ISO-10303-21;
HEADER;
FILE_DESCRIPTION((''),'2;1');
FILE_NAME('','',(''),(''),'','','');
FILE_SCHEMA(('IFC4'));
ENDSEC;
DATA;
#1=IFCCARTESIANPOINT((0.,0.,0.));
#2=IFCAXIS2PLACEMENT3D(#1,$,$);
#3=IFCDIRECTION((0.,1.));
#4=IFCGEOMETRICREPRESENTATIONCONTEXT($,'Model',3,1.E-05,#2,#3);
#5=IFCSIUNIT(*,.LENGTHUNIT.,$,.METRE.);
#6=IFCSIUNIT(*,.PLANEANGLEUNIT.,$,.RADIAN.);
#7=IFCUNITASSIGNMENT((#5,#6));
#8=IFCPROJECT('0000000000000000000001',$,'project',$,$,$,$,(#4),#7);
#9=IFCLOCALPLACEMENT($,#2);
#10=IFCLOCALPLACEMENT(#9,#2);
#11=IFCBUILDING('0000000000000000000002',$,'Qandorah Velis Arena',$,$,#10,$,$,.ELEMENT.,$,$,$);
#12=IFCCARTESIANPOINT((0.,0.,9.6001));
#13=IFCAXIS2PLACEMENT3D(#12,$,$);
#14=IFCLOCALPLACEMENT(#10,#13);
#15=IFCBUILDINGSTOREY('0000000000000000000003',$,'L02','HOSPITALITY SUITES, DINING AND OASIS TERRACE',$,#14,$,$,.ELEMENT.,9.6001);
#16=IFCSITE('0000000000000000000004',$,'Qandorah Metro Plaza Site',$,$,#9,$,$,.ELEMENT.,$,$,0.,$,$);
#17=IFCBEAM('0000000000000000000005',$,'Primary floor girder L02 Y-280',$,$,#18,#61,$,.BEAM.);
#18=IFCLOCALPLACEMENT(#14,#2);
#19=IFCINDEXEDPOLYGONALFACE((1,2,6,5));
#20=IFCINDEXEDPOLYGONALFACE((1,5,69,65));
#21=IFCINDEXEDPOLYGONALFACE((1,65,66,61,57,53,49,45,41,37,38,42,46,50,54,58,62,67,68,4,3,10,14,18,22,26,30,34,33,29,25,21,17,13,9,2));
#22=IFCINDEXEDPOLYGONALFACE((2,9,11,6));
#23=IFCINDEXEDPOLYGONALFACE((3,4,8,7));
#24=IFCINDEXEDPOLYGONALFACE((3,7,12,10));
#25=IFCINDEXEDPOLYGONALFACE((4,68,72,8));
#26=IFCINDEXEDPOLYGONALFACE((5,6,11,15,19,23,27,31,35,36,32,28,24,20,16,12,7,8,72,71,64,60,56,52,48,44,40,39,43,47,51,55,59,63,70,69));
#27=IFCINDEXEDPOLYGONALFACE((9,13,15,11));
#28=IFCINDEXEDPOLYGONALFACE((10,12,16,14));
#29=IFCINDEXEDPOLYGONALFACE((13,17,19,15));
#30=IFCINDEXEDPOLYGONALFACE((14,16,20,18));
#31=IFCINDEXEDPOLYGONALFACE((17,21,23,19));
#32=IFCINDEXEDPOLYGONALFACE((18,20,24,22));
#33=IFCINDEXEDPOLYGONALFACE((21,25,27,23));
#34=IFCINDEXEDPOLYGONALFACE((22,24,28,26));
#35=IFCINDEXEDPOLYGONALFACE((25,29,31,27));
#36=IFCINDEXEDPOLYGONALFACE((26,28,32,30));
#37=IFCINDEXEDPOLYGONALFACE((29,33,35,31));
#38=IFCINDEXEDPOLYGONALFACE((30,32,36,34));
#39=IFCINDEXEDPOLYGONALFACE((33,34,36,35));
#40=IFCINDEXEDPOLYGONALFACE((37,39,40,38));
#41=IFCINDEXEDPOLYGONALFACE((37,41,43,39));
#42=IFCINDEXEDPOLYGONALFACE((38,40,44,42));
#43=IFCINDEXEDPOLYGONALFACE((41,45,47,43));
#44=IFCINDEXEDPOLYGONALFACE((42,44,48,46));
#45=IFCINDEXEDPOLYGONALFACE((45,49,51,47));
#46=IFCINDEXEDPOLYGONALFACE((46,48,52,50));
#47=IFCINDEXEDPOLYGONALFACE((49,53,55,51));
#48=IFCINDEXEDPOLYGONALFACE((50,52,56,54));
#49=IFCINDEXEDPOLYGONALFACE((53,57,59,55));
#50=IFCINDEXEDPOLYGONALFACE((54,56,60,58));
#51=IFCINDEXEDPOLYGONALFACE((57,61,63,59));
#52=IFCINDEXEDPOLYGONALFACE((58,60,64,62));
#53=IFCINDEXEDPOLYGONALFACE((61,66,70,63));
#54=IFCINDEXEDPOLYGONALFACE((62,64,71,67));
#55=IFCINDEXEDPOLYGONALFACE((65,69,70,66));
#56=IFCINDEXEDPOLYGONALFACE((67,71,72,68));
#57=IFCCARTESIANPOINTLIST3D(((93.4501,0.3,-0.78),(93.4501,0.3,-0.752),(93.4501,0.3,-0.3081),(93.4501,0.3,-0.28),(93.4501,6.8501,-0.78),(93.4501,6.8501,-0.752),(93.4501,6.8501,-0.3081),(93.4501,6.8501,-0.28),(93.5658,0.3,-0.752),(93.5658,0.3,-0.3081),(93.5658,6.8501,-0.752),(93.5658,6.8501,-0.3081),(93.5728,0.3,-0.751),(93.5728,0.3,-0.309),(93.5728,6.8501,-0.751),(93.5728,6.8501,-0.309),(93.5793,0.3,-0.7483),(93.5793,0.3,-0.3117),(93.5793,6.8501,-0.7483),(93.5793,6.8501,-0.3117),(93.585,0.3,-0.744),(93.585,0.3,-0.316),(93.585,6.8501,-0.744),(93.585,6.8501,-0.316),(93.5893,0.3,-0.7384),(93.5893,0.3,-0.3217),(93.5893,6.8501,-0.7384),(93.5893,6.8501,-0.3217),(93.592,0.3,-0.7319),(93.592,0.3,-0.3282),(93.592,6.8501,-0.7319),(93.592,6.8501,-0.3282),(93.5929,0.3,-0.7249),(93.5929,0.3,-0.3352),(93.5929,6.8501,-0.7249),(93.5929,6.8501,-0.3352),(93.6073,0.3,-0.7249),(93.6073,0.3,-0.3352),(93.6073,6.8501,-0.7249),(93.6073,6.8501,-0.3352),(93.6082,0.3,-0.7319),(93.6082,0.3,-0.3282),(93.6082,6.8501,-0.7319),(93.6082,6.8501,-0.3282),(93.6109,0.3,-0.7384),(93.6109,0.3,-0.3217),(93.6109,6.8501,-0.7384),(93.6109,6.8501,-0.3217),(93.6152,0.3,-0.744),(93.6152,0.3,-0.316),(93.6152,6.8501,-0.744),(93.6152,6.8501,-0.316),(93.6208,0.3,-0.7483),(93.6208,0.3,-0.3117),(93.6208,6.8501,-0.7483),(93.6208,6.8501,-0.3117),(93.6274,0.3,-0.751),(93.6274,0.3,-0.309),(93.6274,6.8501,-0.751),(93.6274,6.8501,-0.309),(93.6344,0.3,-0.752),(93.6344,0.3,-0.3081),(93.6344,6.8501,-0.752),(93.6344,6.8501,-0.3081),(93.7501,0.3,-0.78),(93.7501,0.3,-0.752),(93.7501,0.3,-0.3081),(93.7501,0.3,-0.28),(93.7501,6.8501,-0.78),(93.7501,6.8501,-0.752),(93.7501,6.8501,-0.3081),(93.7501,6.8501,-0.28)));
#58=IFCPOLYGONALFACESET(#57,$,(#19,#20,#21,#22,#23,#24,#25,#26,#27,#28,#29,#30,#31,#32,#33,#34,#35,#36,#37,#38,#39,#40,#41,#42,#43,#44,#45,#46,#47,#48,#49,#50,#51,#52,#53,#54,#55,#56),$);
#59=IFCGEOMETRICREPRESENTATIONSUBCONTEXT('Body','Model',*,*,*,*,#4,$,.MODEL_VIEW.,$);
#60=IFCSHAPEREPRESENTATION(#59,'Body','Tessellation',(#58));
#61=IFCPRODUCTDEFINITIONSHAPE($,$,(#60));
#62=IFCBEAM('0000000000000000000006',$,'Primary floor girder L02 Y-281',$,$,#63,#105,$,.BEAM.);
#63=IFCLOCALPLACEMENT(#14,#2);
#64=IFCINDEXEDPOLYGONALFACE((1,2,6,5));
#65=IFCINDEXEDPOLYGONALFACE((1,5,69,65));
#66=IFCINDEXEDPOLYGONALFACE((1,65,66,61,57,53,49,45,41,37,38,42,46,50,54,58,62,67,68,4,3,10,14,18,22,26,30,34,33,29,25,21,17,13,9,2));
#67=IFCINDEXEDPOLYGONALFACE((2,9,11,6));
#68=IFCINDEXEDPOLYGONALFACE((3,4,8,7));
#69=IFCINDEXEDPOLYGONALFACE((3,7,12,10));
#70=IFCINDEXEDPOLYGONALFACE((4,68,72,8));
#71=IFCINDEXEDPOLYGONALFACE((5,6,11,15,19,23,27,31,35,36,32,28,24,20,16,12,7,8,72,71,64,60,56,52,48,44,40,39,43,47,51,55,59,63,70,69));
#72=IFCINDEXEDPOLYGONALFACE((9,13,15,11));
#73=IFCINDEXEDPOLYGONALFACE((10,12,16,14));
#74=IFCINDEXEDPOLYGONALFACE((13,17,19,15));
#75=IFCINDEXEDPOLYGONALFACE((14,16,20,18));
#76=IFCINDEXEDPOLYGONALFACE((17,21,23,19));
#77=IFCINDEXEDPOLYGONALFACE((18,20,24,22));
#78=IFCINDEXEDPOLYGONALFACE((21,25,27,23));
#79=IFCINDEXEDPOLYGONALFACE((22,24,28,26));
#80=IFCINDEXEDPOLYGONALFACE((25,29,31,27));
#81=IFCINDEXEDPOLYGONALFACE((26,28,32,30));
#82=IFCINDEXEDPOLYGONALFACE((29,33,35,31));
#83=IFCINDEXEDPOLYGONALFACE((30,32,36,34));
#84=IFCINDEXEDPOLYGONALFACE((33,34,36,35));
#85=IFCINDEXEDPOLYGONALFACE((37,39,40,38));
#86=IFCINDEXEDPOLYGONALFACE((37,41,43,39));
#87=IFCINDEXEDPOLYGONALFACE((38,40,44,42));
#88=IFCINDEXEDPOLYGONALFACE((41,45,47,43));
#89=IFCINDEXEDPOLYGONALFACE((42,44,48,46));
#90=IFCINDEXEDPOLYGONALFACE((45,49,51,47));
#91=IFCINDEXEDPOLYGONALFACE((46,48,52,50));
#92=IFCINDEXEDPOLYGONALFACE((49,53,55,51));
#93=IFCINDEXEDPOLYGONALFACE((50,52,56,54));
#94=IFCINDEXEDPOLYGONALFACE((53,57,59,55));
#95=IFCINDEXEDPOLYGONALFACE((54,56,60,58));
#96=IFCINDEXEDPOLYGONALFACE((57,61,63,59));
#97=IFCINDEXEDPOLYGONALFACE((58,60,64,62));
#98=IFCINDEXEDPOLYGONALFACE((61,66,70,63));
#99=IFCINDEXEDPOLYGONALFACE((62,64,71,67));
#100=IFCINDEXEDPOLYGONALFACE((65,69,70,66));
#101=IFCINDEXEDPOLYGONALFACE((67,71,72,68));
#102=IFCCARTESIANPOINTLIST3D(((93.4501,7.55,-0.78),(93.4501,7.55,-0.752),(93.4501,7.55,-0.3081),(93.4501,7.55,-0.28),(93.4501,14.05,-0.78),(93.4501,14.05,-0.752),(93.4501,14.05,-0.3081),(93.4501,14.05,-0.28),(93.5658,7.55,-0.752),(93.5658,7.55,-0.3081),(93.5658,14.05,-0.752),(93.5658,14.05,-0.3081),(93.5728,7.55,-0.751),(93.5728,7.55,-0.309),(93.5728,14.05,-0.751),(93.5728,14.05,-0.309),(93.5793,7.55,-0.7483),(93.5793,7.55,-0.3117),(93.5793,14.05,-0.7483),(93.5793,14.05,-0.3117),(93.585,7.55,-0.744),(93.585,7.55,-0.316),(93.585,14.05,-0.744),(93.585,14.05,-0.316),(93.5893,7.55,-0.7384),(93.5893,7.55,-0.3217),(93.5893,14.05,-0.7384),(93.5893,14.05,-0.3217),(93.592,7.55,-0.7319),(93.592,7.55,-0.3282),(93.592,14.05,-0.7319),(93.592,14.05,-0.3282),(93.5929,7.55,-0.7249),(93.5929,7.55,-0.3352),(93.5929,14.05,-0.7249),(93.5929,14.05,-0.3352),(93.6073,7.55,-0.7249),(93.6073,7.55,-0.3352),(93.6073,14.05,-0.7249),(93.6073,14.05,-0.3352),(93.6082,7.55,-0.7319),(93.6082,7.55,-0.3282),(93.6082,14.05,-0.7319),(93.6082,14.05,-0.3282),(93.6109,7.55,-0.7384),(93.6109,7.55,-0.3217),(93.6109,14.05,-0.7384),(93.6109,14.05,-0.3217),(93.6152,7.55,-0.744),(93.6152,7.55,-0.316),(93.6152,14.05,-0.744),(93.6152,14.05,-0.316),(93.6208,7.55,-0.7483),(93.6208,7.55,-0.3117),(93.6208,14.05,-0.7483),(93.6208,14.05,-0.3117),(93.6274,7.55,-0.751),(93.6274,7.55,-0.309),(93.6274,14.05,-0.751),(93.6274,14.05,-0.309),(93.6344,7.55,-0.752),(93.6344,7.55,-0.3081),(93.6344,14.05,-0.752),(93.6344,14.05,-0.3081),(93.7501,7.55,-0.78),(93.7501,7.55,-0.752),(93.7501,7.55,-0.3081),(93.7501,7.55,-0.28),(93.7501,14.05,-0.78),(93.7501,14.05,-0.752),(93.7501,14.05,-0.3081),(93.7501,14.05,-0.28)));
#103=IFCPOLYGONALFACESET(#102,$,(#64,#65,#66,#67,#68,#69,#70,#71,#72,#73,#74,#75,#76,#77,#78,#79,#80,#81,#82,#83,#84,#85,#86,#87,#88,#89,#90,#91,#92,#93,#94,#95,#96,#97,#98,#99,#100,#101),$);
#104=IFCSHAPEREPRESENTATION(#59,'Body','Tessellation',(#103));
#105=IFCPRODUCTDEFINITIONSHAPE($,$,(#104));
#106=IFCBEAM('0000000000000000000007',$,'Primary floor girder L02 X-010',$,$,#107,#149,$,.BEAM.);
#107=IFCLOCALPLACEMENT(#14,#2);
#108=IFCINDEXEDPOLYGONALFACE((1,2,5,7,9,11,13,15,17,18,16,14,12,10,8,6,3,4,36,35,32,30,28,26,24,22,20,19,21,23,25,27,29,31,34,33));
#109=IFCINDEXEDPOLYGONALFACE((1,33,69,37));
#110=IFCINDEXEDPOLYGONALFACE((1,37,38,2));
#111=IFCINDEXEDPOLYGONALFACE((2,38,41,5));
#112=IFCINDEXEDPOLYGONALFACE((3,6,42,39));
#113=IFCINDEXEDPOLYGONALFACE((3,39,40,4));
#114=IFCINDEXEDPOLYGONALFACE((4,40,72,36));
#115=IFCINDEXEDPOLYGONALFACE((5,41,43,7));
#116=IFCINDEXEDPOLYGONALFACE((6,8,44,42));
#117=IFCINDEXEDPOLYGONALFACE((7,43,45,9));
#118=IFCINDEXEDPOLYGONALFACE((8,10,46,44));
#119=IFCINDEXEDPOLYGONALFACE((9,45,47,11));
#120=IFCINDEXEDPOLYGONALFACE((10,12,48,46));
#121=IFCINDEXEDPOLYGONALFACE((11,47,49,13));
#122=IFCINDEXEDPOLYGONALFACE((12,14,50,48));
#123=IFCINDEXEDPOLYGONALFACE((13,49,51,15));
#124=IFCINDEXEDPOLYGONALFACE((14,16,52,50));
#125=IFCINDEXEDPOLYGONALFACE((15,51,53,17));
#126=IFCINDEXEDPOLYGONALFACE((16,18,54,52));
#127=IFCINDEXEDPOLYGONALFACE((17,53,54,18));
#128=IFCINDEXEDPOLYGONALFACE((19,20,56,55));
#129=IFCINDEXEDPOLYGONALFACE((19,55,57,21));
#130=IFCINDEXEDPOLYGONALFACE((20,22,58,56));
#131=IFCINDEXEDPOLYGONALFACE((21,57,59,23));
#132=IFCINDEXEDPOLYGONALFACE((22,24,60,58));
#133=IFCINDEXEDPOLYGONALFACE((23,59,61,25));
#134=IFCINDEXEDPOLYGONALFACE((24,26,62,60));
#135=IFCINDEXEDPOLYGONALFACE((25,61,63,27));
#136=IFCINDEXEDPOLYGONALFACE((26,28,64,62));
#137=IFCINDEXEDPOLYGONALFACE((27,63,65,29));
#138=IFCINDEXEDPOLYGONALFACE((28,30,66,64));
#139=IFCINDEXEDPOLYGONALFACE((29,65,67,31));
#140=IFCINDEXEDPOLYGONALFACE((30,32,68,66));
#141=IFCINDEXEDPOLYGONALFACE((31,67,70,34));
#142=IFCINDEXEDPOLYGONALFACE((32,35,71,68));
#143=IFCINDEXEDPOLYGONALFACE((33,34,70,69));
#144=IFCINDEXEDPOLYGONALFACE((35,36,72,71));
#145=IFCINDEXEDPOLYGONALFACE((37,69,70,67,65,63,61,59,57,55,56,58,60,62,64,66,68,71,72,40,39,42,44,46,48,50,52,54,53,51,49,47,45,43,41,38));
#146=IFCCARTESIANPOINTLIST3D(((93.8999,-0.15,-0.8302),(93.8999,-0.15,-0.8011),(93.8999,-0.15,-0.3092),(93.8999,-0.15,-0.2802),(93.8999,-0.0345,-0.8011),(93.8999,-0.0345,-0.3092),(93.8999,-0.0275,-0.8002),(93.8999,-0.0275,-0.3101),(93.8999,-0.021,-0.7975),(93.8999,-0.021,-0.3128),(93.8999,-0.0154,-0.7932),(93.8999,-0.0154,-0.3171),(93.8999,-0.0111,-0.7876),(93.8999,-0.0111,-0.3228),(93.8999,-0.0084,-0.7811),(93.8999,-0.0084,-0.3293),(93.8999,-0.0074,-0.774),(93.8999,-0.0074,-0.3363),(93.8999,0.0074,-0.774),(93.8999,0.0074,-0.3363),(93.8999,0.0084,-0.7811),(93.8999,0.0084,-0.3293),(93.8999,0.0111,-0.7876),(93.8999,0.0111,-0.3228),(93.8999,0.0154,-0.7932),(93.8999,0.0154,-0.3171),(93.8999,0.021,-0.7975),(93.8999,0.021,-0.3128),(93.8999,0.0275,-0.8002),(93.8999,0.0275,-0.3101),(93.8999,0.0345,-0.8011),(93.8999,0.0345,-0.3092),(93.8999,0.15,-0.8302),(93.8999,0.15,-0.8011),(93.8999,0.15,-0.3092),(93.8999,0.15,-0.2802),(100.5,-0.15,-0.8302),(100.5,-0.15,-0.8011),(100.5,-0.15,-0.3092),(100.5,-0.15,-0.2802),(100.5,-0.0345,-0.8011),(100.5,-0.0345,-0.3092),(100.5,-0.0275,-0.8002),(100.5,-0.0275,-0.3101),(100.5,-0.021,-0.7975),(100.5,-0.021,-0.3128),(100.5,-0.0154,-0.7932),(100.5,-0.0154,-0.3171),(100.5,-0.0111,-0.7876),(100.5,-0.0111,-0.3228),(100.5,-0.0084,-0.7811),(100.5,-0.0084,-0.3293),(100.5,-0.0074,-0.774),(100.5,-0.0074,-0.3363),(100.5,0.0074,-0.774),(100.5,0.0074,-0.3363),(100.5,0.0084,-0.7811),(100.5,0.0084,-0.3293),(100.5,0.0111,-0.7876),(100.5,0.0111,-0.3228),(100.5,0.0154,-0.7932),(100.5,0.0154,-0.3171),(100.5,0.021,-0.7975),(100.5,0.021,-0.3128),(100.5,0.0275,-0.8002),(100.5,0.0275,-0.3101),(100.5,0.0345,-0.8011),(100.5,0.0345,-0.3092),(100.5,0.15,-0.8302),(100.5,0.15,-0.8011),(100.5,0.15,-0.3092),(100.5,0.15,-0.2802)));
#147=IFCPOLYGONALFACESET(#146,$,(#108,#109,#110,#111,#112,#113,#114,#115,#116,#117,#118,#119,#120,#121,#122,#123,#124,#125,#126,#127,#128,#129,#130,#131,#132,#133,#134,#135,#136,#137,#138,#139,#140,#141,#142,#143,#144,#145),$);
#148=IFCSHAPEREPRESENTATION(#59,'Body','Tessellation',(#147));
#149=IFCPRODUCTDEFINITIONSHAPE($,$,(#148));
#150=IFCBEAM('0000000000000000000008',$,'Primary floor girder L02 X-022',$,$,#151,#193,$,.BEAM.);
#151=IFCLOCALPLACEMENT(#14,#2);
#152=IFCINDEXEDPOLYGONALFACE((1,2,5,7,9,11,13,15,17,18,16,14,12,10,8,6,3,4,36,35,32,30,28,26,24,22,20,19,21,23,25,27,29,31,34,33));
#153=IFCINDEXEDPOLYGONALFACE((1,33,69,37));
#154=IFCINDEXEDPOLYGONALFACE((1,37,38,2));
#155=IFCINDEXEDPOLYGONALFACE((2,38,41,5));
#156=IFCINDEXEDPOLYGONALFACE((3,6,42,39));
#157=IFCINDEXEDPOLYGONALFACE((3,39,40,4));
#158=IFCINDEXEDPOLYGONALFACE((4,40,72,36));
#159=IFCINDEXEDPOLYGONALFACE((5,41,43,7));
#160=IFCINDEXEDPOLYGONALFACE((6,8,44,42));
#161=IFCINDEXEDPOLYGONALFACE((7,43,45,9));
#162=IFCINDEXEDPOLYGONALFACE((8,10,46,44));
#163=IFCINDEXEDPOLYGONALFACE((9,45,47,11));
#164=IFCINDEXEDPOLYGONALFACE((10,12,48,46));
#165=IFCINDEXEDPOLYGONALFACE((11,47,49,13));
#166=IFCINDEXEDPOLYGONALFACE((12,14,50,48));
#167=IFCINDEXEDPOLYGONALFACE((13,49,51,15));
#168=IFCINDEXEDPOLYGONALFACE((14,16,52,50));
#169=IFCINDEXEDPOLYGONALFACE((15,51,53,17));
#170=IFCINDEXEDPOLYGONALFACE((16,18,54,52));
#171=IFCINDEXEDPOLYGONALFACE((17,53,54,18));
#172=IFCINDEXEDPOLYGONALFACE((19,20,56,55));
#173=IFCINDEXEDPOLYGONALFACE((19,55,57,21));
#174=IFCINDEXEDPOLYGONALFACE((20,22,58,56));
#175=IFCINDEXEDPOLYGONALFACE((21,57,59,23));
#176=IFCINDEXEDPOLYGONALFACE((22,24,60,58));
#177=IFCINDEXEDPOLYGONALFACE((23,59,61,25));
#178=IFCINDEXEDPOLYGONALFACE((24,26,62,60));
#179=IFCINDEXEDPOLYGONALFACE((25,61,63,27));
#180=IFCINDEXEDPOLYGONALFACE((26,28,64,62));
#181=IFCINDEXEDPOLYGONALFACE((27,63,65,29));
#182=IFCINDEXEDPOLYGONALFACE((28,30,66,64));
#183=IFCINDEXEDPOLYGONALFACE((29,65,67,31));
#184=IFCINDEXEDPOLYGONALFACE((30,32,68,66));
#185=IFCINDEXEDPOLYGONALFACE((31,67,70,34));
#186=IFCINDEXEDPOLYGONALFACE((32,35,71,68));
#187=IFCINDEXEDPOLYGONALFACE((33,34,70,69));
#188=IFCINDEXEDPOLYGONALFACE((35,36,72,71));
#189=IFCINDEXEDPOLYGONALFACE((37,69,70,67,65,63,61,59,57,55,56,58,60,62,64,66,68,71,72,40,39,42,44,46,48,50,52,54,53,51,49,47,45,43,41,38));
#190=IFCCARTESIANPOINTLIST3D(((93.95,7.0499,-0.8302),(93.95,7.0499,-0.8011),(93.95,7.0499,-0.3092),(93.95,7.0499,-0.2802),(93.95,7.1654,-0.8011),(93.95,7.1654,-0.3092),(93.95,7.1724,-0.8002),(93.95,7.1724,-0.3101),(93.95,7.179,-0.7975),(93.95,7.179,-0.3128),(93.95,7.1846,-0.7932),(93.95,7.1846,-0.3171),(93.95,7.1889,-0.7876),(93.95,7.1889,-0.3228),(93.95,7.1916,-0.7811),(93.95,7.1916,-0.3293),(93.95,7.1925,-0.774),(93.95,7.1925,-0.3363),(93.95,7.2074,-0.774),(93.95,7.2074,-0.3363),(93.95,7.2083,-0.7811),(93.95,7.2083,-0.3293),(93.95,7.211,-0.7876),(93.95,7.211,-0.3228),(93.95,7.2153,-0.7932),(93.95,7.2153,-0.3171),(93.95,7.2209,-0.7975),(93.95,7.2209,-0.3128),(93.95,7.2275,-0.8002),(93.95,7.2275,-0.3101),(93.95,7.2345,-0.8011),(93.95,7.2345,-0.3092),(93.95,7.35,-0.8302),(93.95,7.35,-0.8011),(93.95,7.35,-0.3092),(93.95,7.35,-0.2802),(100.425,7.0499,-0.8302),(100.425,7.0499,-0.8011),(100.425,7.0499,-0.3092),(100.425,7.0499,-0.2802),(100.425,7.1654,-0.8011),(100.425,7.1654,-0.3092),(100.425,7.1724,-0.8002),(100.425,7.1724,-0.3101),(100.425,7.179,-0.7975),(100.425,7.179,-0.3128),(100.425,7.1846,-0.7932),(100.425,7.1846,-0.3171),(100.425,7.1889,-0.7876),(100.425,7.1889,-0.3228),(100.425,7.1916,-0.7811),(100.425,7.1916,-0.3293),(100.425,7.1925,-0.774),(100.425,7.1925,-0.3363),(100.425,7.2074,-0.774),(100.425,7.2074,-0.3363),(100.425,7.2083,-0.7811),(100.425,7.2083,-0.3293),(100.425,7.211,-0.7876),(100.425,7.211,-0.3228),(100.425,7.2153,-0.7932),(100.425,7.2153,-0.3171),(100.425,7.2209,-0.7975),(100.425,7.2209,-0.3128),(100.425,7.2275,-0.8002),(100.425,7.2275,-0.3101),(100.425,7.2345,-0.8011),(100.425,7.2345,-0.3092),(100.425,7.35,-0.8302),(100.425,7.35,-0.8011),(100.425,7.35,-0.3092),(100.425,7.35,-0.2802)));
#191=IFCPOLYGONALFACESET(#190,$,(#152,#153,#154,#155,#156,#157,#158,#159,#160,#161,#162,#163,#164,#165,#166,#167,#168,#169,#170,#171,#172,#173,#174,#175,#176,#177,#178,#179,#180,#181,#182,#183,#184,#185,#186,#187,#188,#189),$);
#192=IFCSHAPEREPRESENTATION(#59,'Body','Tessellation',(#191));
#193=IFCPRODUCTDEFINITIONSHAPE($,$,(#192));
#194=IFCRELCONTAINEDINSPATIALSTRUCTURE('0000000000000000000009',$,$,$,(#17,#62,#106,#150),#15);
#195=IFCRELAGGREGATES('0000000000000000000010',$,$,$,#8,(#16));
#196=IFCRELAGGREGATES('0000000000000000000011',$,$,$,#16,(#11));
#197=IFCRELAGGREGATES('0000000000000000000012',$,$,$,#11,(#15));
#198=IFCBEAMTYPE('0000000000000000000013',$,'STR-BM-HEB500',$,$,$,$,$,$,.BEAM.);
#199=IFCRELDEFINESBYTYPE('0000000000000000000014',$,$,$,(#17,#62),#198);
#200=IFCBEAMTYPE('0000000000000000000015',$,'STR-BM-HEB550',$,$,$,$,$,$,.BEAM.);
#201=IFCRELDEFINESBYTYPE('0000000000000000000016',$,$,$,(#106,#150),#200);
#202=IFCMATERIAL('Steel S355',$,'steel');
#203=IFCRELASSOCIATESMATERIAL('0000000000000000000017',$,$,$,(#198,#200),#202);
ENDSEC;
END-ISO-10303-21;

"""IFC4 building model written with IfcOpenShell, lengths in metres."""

from ifc_helpers import new_model, si_unit, direction, frame, origin, origin_2d, place, context, subcontext, project, spatial, i_section, extrude, material, material_profile, profile_set, type_object, element, save


model = new_model("IFC4")

# Units and contexts
model_context = context("Model", 3, precision=1e-05, world=origin(), true_north=direction((0.0, 1.0)))
body_context = subcontext(model_context, "Body", "Model", "MODEL_VIEW")
ifc_project = project(units=[si_unit("LENGTHUNIT", "METRE"), si_unit("PLANEANGLEUNIT", "RADIAN")], contexts=[model_context])

# Site, building, storey
site_placement = place(None, origin())
site = spatial("IfcSite", under=ifc_project, at=site_placement, Name="Qandorah Metro Plaza Site", CompositionType="ELEMENT", RefElevation=0.0)
building_placement = place(site_placement, origin())
building = spatial("IfcBuilding", under=site, at=building_placement, Name="Qandorah Velis Arena", CompositionType="ELEMENT")
storey_placement = place(building_placement, frame((0.0, 0.0, 9.6001)))
storey = spatial("IfcBuildingStorey", under=building, at=storey_placement, Name="L02", Description="HOSPITALITY SUITES, DINING AND OASIS TERRACE", CompositionType="ELEMENT", Elevation=9.6001)

# Shared definitions
ifc_material_1 = material(Name="Steel S355", Category="steel")

# Beams
ifc_material_profile_1 = material_profile(ifc_material_1, i_section(OverallWidth=0.3, OverallDepth=0.5, WebThickness=0.0144, FlangeThickness=0.0281, FilletRadius=0.0271, at=origin_2d()), Name="HEB 500")
ifc_profile_set_1 = profile_set([ifc_material_profile_1], Name="Steel S355")
beam_type_1 = type_object("IfcBeamType", Name="STR-BM-HEB500", PredefinedType="BEAM", material=ifc_profile_set_1)
beam_1_placement = place(storey_placement, frame((93.6001, 0.3, -0.53), z_axis=(0.0, 1.0, 0.0), x_axis=(-1.0, 0.0, 0.0)))
element("IfcBeam", 1, at=beam_1_placement, inside=storey, type_object=beam_type_1, Name="Primary floor girder L02 Y-280", PredefinedType="BEAM", context=body_context, shape_type="SweptSolid", body=[
    extrude(i_section(OverallWidth=0.3, OverallDepth=0.5, WebThickness=0.0144, FlangeThickness=0.0281, FilletRadius=0.0271, at=origin_2d()), origin(), (0.0, 0.0, 1.0), 6.55),
])
beam_2_placement = place(storey_placement, frame((93.6001, 7.55, -0.53), z_axis=(0.0, 1.0, 0.0), x_axis=(-1.0, 0.0, 0.0)))
element("IfcBeam", 2, at=beam_2_placement, inside=storey, type_object=beam_type_1, Name="Primary floor girder L02 Y-281", PredefinedType="BEAM", context=body_context, shape_type="SweptSolid", body=[
    extrude(i_section(OverallWidth=0.3, OverallDepth=0.5, WebThickness=0.0144, FlangeThickness=0.0281, FilletRadius=0.0271, at=origin_2d()), origin(), (0.0, 0.0, 1.0), 6.5),
])
ifc_material_profile_2 = material_profile(ifc_material_1, i_section(OverallWidth=0.3, OverallDepth=0.55, WebThickness=0.0149, FlangeThickness=0.0291, FilletRadius=0.0271, at=origin_2d()), Name="HEB 550")
ifc_profile_set_2 = profile_set([ifc_material_profile_2], Name="Steel S355")
beam_type_2 = type_object("IfcBeamType", Name="STR-BM-HEB550", PredefinedType="BEAM", material=ifc_profile_set_2)
beam_3_placement = place(storey_placement, frame((93.8999, 0.0, -0.5552), z_axis=(1.0, 0.0, 0.0), x_axis=(0.0, 1.0, 0.0)))
element("IfcBeam", 3, at=beam_3_placement, inside=storey, type_object=beam_type_2, Name="Primary floor girder L02 X-010", PredefinedType="BEAM", context=body_context, shape_type="SweptSolid", body=[
    extrude(i_section(OverallWidth=0.3, OverallDepth=0.55, WebThickness=0.0149, FlangeThickness=0.0291, FilletRadius=0.0271, at=origin_2d()), origin(), (0.0, 0.0, 1.0), 6.6001),
])
beam_4_placement = place(storey_placement, frame((93.95, 7.2, -0.5552), z_axis=(1.0, 0.0, 0.0), x_axis=(0.0, 1.0, 0.0)))
element("IfcBeam", 4, at=beam_4_placement, inside=storey, type_object=beam_type_2, Name="Primary floor girder L02 X-022", PredefinedType="BEAM", context=body_context, shape_type="SweptSolid", body=[
    extrude(i_section(OverallWidth=0.3, OverallDepth=0.55, WebThickness=0.0149, FlangeThickness=0.0291, FilletRadius=0.0271, at=origin_2d()), origin(), (0.0, 0.0, 1.0), 6.4751),
])

save(model, "model.ifc")
